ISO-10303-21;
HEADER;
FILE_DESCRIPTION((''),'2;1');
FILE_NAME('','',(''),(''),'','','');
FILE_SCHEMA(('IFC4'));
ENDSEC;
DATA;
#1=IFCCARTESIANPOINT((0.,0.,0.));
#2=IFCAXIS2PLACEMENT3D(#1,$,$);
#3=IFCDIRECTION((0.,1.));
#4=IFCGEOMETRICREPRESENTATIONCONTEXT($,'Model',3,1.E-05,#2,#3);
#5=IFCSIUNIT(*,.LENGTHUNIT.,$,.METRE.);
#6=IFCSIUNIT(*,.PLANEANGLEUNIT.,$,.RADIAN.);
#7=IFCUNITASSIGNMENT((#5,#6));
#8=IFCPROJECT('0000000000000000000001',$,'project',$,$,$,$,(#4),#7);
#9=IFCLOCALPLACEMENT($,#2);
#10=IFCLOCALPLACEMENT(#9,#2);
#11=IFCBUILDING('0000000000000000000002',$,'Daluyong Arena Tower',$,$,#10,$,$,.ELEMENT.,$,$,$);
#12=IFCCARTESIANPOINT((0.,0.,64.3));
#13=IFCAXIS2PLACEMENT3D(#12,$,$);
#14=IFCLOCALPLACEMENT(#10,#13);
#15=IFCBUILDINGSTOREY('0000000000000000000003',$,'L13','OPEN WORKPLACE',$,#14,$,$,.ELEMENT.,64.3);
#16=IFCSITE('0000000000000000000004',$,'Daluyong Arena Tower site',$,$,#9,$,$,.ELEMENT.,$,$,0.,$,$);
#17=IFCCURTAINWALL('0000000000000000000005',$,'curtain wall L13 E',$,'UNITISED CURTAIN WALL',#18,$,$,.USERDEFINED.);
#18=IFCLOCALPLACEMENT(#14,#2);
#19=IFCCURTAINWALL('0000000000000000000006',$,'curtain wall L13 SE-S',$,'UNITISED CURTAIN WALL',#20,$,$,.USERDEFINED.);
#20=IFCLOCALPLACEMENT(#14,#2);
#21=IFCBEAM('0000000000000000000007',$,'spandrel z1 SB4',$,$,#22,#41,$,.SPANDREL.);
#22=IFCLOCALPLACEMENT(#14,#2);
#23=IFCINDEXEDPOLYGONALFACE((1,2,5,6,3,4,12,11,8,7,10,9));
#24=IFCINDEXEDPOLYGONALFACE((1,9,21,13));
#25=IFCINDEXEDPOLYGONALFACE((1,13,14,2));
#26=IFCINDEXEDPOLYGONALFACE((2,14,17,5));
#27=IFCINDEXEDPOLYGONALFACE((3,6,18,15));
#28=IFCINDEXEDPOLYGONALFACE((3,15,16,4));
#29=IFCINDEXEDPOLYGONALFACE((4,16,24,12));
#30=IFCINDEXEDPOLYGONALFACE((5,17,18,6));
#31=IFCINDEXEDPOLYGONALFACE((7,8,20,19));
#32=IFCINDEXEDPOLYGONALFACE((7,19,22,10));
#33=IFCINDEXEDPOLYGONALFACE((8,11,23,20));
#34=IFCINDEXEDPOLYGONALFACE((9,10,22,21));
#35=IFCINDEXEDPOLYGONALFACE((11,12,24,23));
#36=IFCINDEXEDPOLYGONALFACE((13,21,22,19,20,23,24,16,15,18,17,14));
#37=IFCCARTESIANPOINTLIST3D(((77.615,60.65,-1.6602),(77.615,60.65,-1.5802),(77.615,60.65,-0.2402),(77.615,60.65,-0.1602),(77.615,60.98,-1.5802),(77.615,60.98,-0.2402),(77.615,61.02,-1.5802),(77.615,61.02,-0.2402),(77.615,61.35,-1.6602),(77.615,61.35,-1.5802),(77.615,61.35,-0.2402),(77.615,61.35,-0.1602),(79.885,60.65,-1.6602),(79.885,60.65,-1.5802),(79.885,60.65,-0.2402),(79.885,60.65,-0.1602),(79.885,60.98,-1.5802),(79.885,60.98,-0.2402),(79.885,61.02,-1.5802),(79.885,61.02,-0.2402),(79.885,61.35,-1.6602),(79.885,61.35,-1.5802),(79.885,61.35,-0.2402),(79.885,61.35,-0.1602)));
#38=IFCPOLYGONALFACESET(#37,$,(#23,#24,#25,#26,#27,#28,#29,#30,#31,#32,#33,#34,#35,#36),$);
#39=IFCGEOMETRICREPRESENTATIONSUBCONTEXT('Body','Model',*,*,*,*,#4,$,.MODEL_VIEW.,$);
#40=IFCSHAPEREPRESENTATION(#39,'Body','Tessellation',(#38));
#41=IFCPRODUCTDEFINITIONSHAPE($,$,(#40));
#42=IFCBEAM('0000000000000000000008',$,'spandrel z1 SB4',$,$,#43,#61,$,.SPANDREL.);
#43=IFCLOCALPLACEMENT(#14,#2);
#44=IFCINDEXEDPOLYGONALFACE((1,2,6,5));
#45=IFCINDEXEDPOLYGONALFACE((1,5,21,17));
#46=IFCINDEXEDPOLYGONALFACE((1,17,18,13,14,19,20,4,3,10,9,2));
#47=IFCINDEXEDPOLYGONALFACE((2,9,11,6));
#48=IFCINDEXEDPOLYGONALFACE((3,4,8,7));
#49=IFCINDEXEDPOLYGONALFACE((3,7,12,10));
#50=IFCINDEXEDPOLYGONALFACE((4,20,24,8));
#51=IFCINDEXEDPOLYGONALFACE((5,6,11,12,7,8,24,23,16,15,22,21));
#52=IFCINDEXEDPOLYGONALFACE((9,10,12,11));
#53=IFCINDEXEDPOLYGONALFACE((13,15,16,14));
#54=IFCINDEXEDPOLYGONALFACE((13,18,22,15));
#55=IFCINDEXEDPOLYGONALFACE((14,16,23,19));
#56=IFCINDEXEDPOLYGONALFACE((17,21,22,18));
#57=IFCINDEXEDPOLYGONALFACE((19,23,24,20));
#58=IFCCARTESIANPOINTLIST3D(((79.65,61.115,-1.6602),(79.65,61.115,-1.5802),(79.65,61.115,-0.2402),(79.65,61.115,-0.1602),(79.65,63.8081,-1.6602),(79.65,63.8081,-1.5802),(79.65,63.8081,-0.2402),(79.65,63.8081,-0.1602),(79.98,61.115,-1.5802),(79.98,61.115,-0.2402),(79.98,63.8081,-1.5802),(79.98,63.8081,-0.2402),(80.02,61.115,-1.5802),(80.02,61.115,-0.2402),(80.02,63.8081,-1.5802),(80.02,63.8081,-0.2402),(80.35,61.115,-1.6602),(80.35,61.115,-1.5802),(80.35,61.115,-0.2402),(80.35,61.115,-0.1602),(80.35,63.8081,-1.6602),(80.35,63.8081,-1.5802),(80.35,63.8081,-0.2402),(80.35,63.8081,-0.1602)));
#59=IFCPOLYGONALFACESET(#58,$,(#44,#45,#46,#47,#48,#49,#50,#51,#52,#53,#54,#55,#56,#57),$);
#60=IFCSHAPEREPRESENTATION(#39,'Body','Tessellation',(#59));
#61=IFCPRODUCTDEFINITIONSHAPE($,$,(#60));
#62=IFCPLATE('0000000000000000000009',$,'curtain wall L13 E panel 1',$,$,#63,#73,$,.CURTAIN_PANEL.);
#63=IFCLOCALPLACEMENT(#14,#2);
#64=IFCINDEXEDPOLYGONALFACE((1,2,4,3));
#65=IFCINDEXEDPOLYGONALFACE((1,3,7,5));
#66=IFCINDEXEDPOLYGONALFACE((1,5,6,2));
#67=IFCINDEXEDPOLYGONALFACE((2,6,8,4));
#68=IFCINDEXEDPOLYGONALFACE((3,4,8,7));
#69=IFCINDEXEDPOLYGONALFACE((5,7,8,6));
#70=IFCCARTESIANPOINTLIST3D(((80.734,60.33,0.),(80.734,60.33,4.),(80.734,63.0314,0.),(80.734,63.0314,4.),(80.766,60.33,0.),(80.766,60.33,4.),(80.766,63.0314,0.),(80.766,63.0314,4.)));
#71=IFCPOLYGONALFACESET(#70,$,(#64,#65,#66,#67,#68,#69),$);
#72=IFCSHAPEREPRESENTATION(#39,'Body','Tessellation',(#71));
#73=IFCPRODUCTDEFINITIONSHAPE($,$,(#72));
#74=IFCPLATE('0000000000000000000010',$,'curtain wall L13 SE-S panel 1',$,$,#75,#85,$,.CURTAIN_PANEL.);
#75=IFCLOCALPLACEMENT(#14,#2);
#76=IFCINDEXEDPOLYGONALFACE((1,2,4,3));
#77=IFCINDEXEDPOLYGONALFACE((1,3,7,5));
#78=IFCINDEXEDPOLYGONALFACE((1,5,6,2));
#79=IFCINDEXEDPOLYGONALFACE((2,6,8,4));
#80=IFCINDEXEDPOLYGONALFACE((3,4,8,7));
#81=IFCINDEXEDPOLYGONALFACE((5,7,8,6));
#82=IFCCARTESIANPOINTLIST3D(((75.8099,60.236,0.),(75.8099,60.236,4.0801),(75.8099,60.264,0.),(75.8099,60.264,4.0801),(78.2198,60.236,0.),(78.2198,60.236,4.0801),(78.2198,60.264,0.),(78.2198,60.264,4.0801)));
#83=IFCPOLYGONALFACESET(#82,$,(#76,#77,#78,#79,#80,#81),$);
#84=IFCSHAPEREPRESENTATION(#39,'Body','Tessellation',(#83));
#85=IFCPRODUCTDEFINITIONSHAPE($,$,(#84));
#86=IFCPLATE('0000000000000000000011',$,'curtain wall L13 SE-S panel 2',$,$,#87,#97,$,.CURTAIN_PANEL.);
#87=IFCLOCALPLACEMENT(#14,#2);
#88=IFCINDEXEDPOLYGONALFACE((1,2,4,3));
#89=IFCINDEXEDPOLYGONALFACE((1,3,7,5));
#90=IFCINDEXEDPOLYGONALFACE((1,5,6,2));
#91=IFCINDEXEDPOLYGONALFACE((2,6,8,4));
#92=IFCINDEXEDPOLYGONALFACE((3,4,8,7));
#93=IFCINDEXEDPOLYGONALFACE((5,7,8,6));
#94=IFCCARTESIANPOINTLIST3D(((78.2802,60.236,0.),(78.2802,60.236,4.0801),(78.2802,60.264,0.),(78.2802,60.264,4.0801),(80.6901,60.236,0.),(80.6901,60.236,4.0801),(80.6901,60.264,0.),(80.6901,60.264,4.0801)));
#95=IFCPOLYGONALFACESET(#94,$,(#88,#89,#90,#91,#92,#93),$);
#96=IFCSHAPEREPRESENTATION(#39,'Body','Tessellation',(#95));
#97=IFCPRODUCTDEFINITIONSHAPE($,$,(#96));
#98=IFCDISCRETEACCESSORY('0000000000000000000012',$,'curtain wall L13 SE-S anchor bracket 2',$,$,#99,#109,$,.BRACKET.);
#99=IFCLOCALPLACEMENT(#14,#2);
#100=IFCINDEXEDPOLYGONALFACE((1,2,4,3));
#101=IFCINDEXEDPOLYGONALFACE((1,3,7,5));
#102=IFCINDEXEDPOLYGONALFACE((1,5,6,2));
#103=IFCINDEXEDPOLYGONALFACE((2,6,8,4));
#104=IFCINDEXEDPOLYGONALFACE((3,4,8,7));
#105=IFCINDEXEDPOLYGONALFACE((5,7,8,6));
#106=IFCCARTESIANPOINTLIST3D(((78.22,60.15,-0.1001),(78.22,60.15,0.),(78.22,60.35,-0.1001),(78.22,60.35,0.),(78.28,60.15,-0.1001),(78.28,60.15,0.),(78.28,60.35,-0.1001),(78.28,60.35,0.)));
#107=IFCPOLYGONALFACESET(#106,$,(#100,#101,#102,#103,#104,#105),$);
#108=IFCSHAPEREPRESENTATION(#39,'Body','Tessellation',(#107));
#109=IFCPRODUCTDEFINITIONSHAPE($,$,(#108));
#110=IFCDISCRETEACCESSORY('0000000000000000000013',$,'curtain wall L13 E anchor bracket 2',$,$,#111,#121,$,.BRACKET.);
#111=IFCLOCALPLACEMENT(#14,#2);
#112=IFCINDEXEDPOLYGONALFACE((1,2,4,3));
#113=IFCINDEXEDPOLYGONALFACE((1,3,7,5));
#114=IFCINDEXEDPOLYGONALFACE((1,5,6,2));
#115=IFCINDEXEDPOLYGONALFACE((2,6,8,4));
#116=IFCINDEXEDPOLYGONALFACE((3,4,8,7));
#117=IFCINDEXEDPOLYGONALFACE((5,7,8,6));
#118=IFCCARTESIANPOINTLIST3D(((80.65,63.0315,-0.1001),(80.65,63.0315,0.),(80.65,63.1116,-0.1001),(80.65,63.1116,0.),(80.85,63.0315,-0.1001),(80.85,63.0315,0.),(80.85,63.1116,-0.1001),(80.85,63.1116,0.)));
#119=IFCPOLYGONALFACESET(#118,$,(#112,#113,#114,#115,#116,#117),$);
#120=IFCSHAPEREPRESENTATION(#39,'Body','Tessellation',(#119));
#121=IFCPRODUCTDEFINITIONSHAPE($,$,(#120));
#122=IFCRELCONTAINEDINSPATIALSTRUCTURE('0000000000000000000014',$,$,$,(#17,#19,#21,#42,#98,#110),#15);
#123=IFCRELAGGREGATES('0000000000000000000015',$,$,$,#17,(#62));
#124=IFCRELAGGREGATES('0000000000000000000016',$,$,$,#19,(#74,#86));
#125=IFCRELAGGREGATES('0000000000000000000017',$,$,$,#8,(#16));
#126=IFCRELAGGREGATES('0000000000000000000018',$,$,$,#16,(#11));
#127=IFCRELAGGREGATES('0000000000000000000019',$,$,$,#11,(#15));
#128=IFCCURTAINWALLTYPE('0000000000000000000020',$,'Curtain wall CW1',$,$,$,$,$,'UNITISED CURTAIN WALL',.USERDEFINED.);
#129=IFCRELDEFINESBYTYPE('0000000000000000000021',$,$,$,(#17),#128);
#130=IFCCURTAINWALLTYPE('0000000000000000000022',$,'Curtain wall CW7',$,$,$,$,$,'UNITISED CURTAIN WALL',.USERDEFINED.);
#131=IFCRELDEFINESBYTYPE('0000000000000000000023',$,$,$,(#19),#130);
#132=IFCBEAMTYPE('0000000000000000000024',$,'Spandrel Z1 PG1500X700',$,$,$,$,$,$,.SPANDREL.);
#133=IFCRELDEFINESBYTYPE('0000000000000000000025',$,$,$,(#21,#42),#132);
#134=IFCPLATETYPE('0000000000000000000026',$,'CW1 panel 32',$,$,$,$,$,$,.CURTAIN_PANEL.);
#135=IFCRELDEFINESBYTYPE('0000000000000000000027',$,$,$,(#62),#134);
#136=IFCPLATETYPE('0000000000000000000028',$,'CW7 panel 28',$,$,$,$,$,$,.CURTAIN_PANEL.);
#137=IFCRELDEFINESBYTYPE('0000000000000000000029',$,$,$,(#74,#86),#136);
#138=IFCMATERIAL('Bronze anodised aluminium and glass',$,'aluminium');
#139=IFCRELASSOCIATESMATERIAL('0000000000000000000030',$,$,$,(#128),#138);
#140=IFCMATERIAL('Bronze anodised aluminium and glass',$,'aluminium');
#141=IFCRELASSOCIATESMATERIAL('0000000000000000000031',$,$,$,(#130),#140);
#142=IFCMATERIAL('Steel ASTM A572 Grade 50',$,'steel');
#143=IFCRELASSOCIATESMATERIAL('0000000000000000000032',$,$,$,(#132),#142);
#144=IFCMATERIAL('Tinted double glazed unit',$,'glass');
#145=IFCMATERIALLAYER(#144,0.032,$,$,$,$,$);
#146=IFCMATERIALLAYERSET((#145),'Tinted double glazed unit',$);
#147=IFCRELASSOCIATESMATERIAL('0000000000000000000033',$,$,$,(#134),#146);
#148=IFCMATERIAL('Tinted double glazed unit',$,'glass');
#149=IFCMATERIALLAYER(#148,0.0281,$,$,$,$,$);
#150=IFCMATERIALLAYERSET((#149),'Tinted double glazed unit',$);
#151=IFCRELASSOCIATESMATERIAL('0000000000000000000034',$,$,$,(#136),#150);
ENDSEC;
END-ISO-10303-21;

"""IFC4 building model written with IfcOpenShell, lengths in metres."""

from ifc_helpers import new_model, si_unit, direction, frame, origin, origin_2d, place, context, subcontext, project, spatial, rectangle, i_section, extrude, material, layer, layer_set, material_profile, profile_set, type_object, element, aggregate, save


model = new_model("IFC4")

# Units and contexts
model_context = context("Model", 3, precision=1e-05, world=origin(), true_north=direction((0.0, 1.0)))
body_context = subcontext(model_context, "Body", "Model", "MODEL_VIEW")
ifc_project = project(units=[si_unit("LENGTHUNIT", "METRE"), si_unit("PLANEANGLEUNIT", "RADIAN")], contexts=[model_context])

# Site, building, storey
site_placement = place(None, origin())
site = spatial("IfcSite", under=ifc_project, at=site_placement, Name="Daluyong Arena Tower site", CompositionType="ELEMENT", RefElevation=0.0)
building_placement = place(site_placement, origin())
building = spatial("IfcBuilding", under=site, at=building_placement, Name="Daluyong Arena Tower", CompositionType="ELEMENT")
storey_placement = place(building_placement, frame((0.0, 0.0, 64.3)))
storey = spatial("IfcBuildingStorey", under=building, at=storey_placement, Name="L13", Description="OPEN WORKPLACE", CompositionType="ELEMENT", Elevation=64.3)

# Curtain walls
ifc_material_1 = material(Name="Bronze anodised aluminium and glass", Category="aluminium")
curtain_wall_type_1 = type_object("IfcCurtainWallType", Name="Curtain wall CW1", ElementType="UNITISED CURTAIN WALL", PredefinedType="USERDEFINED", material=ifc_material_1)
curtain_wall_1_placement = place(storey_placement, origin())
curtain_wall_1 = element("IfcCurtainWall", 1, at=curtain_wall_1_placement, inside=storey, type_object=curtain_wall_type_1, Name="curtain wall L13 E", ObjectType="UNITISED CURTAIN WALL", PredefinedType="USERDEFINED")
ifc_material_2 = material(Name="Bronze anodised aluminium and glass", Category="aluminium")
curtain_wall_type_2 = type_object("IfcCurtainWallType", Name="Curtain wall CW7", ElementType="UNITISED CURTAIN WALL", PredefinedType="USERDEFINED", material=ifc_material_2)
curtain_wall_2_placement = place(storey_placement, origin())
curtain_wall_2 = element("IfcCurtainWall", 2, at=curtain_wall_2_placement, inside=storey, type_object=curtain_wall_type_2, Name="curtain wall L13 SE-S", ObjectType="UNITISED CURTAIN WALL", PredefinedType="USERDEFINED")

# Beams
ifc_material_3 = material(Name="Steel ASTM A572 Grade 50", Category="steel")
ifc_material_profile_1 = material_profile(ifc_material_3, i_section(OverallWidth=0.7, OverallDepth=1.5, WebThickness=0.04, FlangeThickness=0.08, at=origin_2d()))
ifc_profile_set_1 = profile_set([ifc_material_profile_1], Name="Steel ASTM A572 Grade 50")
beam_type = type_object("IfcBeamType", Name="Spandrel Z1 PG1500X700", PredefinedType="SPANDREL", material=ifc_profile_set_1)
beam_1_placement = place(storey_placement, frame((77.615, 61.0, -0.9102), z_axis=(1.0, 0.0, 0.0), x_axis=(0.0, 1.0, 0.0)))
element("IfcBeam", 3, at=beam_1_placement, inside=storey, type_object=beam_type, Name="spandrel z1 SB4", PredefinedType="SPANDREL", context=body_context, shape_type="SweptSolid", body=[
    extrude(i_section(OverallWidth=0.7, OverallDepth=1.5, WebThickness=0.04, FlangeThickness=0.08, at=origin_2d()), origin(), (0.0, 0.0, 1.0), 2.27),
])
beam_2_placement = place(storey_placement, frame((80.0, 61.115, -0.9102), z_axis=(0.0, 1.0, 0.0), x_axis=(-1.0, 0.0, 0.0)))
element("IfcBeam", 4, at=beam_2_placement, inside=storey, type_object=beam_type, Name="spandrel z1 SB4", PredefinedType="SPANDREL", context=body_context, shape_type="SweptSolid", body=[
    extrude(i_section(OverallWidth=0.7, OverallDepth=1.5, WebThickness=0.04, FlangeThickness=0.08, at=origin_2d()), origin(), (0.0, 0.0, 1.0), 2.6931),
])

# Plates
ifc_material_4 = material(Name="Tinted double glazed unit", Category="glass")
ifc_layer_1 = layer(ifc_material_4, 0.032)
ifc_layer_set_1 = layer_set([ifc_layer_1], Name="Tinted double glazed unit")
plate_type_1 = type_object("IfcPlateType", Name="CW1 panel 32", PredefinedType="CURTAIN_PANEL", material=ifc_layer_set_1)
plate_1_placement = place(storey_placement, frame((80.75, 61.6807, 0.0), z_axis=(0.0, 0.0, 1.0), x_axis=(0.0, 1.0, 0.0)))
plate_1 = element("IfcPlate", 5, at=plate_1_placement, type_object=plate_type_1, Name="curtain wall L13 E panel 1", PredefinedType="CURTAIN_PANEL", context=body_context, shape_type="SweptSolid", body=[
    extrude(rectangle(XDim=2.7014, YDim=0.032, at=origin_2d()), origin(), (0.0, 0.0, 1.0), 4.0),
])
aggregate(curtain_wall_1, [plate_1])
ifc_material_5 = material(Name="Tinted double glazed unit", Category="glass")
ifc_layer_2 = layer(ifc_material_5, 0.0281)
ifc_layer_set_2 = layer_set([ifc_layer_2], Name="Tinted double glazed unit")
plate_type_2 = type_object("IfcPlateType", Name="CW7 panel 28", PredefinedType="CURTAIN_PANEL", material=ifc_layer_set_2)
plate_2_placement = place(storey_placement, frame((77.0149, 60.25, 0.0), z_axis=(0.0, 0.0, 1.0), x_axis=(1.0, 0.0, 0.0)))
plate_2 = element("IfcPlate", 6, at=plate_2_placement, type_object=plate_type_2, Name="curtain wall L13 SE-S panel 1", PredefinedType="CURTAIN_PANEL", context=body_context, shape_type="SweptSolid", body=[
    extrude(rectangle(XDim=2.4099, YDim=0.0281, at=origin_2d()), origin(), (0.0, 0.0, 1.0), 4.0801),
])
plate_3_placement = place(storey_placement, frame((79.4851, 60.25, 0.0), z_axis=(0.0, 0.0, 1.0), x_axis=(1.0, 0.0, 0.0)))
plate_3 = element("IfcPlate", 7, at=plate_3_placement, type_object=plate_type_2, Name="curtain wall L13 SE-S panel 2", PredefinedType="CURTAIN_PANEL", context=body_context, shape_type="SweptSolid", body=[
    extrude(rectangle(XDim=2.4099, YDim=0.0281, at=origin_2d()), origin(), (0.0, 0.0, 1.0), 4.0801),
])
aggregate(curtain_wall_2, [plate_2, plate_3])

# Discrete accessories
discrete_accessory_1_placement = place(storey_placement, frame((78.25, 60.25, -0.1001), z_axis=(0.0, 0.0, 1.0), x_axis=(1.0, 0.0, 0.0)))
element("IfcDiscreteAccessory", 8, at=discrete_accessory_1_placement, inside=storey, Name="curtain wall L13 SE-S anchor bracket 2", PredefinedType="BRACKET", context=body_context, shape_type="SweptSolid", body=[
    extrude(rectangle(XDim=0.0601, YDim=0.2, at=origin_2d()), origin(), (0.0, 0.0, 1.0), 0.1001),
])
discrete_accessory_2_placement = place(storey_placement, frame((80.75, 63.0715, -0.1001), z_axis=(0.0, 0.0, 1.0), x_axis=(0.0, 1.0, 0.0)))
element("IfcDiscreteAccessory", 9, at=discrete_accessory_2_placement, inside=storey, Name="curtain wall L13 E anchor bracket 2", PredefinedType="BRACKET", context=body_context, shape_type="SweptSolid", body=[
    extrude(rectangle(XDim=0.0801, YDim=0.2, at=origin_2d()), origin(), (0.0, 0.0, 1.0), 0.1001),
])

save(model, "model.ifc")
